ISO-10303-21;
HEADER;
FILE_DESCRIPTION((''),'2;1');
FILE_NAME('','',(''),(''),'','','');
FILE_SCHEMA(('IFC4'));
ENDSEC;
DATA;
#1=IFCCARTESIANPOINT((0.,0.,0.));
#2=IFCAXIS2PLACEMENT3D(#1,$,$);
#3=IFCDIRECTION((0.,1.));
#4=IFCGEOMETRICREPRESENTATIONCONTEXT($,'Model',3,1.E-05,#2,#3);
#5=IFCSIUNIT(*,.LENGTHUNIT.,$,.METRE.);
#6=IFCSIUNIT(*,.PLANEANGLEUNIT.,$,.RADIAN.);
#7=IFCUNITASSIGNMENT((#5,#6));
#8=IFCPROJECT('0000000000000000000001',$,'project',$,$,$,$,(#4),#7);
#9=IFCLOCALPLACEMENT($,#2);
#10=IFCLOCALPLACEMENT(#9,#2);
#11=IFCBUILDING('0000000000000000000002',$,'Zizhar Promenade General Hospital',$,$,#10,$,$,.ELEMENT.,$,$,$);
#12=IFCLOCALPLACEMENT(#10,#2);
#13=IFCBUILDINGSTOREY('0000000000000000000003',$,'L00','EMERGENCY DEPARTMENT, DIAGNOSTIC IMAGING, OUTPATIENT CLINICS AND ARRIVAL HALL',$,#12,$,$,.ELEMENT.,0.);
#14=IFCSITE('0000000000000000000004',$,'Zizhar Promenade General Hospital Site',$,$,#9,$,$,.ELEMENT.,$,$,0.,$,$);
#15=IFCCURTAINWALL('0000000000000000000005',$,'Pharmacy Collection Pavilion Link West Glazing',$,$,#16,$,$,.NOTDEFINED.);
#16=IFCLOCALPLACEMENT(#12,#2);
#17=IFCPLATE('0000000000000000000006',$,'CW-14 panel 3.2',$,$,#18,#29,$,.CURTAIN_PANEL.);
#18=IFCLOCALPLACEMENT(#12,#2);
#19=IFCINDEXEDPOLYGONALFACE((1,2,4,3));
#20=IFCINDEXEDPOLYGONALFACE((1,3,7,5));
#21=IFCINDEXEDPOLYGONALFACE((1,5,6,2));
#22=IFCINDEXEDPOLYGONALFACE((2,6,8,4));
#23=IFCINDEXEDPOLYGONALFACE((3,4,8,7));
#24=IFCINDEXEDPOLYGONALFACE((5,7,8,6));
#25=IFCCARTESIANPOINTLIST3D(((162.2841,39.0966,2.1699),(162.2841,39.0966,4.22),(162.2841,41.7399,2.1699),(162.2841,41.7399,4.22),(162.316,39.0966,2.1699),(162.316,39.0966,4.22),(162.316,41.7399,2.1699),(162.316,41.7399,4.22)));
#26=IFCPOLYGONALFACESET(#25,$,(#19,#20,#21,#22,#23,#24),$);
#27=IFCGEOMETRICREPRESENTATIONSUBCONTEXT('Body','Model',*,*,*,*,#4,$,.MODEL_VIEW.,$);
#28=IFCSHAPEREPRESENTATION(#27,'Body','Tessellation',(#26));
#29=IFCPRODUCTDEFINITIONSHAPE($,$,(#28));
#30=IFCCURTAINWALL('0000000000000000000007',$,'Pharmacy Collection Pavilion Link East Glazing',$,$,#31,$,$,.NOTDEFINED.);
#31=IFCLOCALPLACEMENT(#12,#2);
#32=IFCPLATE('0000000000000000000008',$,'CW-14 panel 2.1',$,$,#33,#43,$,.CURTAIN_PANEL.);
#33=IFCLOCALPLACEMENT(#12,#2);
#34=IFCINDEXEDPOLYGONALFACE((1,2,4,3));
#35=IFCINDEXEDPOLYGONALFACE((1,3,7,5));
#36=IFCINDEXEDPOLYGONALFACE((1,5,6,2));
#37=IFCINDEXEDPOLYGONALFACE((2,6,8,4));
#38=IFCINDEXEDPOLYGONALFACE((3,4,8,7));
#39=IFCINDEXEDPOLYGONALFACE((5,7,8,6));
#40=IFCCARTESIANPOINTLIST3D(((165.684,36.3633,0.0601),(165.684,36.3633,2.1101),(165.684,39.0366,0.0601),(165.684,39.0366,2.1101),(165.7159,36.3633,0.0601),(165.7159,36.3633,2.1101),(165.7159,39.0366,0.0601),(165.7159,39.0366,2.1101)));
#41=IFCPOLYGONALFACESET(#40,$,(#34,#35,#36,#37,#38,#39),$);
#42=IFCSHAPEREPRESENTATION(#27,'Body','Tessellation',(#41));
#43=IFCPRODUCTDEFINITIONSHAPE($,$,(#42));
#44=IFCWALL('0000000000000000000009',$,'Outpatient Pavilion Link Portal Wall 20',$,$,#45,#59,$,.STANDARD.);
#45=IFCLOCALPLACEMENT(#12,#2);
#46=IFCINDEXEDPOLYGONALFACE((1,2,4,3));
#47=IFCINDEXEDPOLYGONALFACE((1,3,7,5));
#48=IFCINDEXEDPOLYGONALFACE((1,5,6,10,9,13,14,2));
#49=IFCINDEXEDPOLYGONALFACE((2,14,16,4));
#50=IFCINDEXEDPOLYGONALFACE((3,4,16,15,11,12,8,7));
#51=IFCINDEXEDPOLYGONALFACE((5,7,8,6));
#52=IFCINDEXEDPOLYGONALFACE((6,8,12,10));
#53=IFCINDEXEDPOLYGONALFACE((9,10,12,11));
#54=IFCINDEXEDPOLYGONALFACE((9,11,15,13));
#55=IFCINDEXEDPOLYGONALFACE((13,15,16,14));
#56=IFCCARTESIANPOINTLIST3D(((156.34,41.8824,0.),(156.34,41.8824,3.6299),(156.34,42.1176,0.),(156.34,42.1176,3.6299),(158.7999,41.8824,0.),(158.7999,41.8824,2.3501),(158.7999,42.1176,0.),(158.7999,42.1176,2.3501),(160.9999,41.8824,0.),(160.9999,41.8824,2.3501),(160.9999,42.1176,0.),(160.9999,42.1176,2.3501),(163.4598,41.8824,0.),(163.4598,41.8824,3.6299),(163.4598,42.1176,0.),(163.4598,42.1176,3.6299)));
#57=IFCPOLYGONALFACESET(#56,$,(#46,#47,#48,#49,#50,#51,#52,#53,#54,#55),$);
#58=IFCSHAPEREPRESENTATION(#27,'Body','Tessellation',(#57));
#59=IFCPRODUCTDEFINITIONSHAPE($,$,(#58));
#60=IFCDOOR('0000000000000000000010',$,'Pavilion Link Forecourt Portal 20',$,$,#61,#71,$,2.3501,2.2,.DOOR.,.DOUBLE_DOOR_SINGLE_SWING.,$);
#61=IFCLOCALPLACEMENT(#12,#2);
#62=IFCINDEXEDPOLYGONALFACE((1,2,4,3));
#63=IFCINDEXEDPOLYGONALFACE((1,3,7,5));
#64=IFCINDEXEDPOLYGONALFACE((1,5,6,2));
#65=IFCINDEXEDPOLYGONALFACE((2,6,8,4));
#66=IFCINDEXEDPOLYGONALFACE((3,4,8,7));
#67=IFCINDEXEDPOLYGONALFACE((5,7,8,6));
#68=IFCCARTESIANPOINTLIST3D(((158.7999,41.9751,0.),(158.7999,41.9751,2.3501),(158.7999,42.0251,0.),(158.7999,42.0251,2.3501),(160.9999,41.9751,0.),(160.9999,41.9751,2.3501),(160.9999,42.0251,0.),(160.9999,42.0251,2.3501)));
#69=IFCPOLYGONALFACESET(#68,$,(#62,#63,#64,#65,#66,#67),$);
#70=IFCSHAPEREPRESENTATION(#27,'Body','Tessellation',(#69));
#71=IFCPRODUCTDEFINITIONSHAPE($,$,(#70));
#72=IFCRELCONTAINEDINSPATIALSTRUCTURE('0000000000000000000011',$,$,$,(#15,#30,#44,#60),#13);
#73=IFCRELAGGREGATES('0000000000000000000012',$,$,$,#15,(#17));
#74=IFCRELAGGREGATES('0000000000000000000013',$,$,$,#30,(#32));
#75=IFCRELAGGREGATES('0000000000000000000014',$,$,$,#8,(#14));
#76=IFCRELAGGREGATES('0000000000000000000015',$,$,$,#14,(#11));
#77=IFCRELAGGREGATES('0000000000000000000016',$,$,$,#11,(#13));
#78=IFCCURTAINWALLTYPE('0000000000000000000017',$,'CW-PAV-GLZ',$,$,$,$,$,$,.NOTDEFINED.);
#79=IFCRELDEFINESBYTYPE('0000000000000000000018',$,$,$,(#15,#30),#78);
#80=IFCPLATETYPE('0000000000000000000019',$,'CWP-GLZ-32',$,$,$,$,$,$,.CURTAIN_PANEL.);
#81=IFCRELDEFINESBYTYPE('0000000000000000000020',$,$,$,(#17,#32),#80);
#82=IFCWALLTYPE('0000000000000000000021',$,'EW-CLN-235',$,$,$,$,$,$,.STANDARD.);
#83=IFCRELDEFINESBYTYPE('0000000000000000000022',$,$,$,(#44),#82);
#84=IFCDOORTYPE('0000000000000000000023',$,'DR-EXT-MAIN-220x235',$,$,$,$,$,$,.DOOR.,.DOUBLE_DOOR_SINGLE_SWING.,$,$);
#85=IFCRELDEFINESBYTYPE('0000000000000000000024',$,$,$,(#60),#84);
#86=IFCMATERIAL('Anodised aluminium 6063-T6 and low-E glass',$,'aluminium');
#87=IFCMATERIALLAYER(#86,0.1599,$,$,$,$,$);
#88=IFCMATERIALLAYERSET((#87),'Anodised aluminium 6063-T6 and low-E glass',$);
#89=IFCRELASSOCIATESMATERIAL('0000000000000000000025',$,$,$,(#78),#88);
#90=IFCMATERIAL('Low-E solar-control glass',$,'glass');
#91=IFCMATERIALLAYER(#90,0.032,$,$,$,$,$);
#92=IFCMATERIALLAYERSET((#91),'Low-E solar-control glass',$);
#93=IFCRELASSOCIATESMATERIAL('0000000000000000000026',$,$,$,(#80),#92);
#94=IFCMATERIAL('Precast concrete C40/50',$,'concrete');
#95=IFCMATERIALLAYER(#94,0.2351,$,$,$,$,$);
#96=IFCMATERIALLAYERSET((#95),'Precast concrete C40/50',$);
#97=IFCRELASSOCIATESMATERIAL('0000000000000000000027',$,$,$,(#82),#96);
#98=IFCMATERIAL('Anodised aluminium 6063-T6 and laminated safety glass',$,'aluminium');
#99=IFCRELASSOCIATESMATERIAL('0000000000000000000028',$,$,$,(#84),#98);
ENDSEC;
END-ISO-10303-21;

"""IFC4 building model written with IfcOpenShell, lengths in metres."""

from ifc_helpers import new_model, si_unit, direction, frame, frame_2d, origin, origin_2d, place, context, subcontext, project, spatial, rectangle, extrude, material, layer, layer_set, type_object, element, fill, aggregate, save


model = new_model("IFC4")

# Units and contexts
model_context = context("Model", 3, precision=1e-05, world=origin(), true_north=direction((0.0, 1.0)))
body_context = subcontext(model_context, "Body", "Model", "MODEL_VIEW")
ifc_project = project(units=[si_unit("LENGTHUNIT", "METRE"), si_unit("PLANEANGLEUNIT", "RADIAN")], contexts=[model_context])

# Site, building, storey
site_placement = place(None, origin())
site = spatial("IfcSite", under=ifc_project, at=site_placement, Name="Zizhar Promenade General Hospital Site", CompositionType="ELEMENT", RefElevation=0.0)
building_placement = place(site_placement, origin())
building = spatial("IfcBuilding", under=site, at=building_placement, Name="Zizhar Promenade General Hospital", CompositionType="ELEMENT")
storey_placement = place(building_placement, origin())
storey = spatial("IfcBuildingStorey", under=building, at=storey_placement, Name="L00", Description="EMERGENCY DEPARTMENT, DIAGNOSTIC IMAGING, OUTPATIENT CLINICS AND ARRIVAL HALL", CompositionType="ELEMENT", Elevation=0.0)

# Curtain wall
ifc_material_1 = material(Name="Anodised aluminium 6063-T6 and low-E glass", Category="aluminium")
ifc_layer_1 = layer(ifc_material_1, 0.1599)
ifc_layer_set_1 = layer_set([ifc_layer_1], Name="Anodised aluminium 6063-T6 and low-E glass")
curtain_wall_type_1 = type_object("IfcCurtainWallType", Name="CW-PAV-GLZ", PredefinedType="NOTDEFINED", material=ifc_layer_set_1)
curtain_wall_1_placement = place(storey_placement, origin())
curtain_wall_1 = element("IfcCurtainWall", 1, at=curtain_wall_1_placement, inside=storey, type_object=curtain_wall_type_1, Name="Pharmacy Collection Pavilion Link West Glazing", PredefinedType="NOTDEFINED")

# Plate
ifc_material_2 = material(Name="Low-E solar-control glass", Category="glass")
ifc_layer_2 = layer(ifc_material_2, 0.032)
ifc_layer_set_2 = layer_set([ifc_layer_2], Name="Low-E solar-control glass")
plate_type = type_object("IfcPlateType", Name="CWP-GLZ-32", PredefinedType="CURTAIN_PANEL", material=ifc_layer_set_2)
plate_1_placement = place(storey_placement, frame((162.3, 40.4182, 2.1699), z_axis=(0.0, 0.0, 1.0), x_axis=(0.0, 1.0, 0.0)))
plate_1 = element("IfcPlate", 2, at=plate_1_placement, type_object=plate_type, Name="CW-14 panel 3.2", PredefinedType="CURTAIN_PANEL", context=body_context, shape_type="SweptSolid", body=[
    extrude(rectangle(XDim=2.6433, YDim=0.032, at=origin_2d()), origin(), (0.0, 0.0, 1.0), 2.05),
])
aggregate(curtain_wall_1, [plate_1])

# Curtain wall, plate
curtain_wall_2_placement = place(storey_placement, origin())
curtain_wall_2 = element("IfcCurtainWall", 3, at=curtain_wall_2_placement, inside=storey, type_object=curtain_wall_type_1, Name="Pharmacy Collection Pavilion Link East Glazing", PredefinedType="NOTDEFINED")
plate_2_placement = place(storey_placement, frame((165.7, 37.7, 0.0601), z_axis=(0.0, 0.0, 1.0), x_axis=(0.0, -1.0, 0.0)))
plate_2 = element("IfcPlate", 4, at=plate_2_placement, type_object=plate_type, Name="CW-14 panel 2.1", PredefinedType="CURTAIN_PANEL", context=body_context, shape_type="SweptSolid", body=[
    extrude(rectangle(XDim=2.6733, YDim=0.032, at=origin_2d()), origin(), (0.0, 0.0, 1.0), 2.05),
])
aggregate(curtain_wall_2, [plate_2])

# Wall, opening, door
ifc_material_3 = material(Name="Precast concrete C40/50", Category="concrete")
ifc_layer_3 = layer(ifc_material_3, 0.2351)
ifc_layer_set_3 = layer_set([ifc_layer_3], Name="Precast concrete C40/50")
wall_type = type_object("IfcWallType", Name="EW-CLN-235", PredefinedType="STANDARD", material=ifc_layer_set_3)
wall_placement = place(storey_placement, frame((163.46, 42.0, 0.0), z_axis=(0.0, 0.0, 1.0), x_axis=(-1.0, 0.0, 0.0)))
wall = element("IfcWall", 5, at=wall_placement, inside=storey, type_object=wall_type, Name="Outpatient Pavilion Link Portal Wall 20", PredefinedType="STANDARD", context=body_context, shape_type="SweptSolid", body=[
    extrude(rectangle(XDim=7.1199, YDim=0.2351, at=frame_2d((3.5601, 0.0))), origin(), (0.0, 0.0, 1.0), 3.6299),
])
opening_placement = place(wall_placement, frame((2.46, 0.0, 0.0)))
opening = element("IfcOpeningElement", 6, at=opening_placement, cuts=wall, PredefinedType="OPENING", context=body_context, shape_type="SweptSolid", body=[
    extrude(rectangle(XDim=2.2, YDim=2.3501, at=frame_2d((1.1001, 1.175))), frame((0.0, 0.1274, 0.0), z_axis=(0.0, -1.0, 0.0), x_axis=(1.0, 0.0, 0.0)), (0.0, 0.0, 1.0), 0.2551),
])
ifc_material_4 = material(Name="Anodised aluminium 6063-T6 and laminated safety glass", Category="aluminium")
door_type = type_object("IfcDoorType", Name="DR-EXT-MAIN-220x235", OperationType="DOUBLE_DOOR_SINGLE_SWING", PredefinedType="DOOR", material=ifc_material_4)
door_placement = place(opening_placement, origin())
door = element("IfcDoor", 7, at=door_placement, inside=storey, type_object=door_type, Name="Pavilion Link Forecourt Portal 20", OperationType="DOUBLE_DOOR_SINGLE_SWING", OverallHeight=2.3501, OverallWidth=2.2, PredefinedType="DOOR", context=body_context, shape_type="SweptSolid", body=[
    extrude(rectangle(XDim=2.2, YDim=2.3501, at=frame_2d((1.1001, 1.175))), frame((0.0, 0.0249, 0.0), z_axis=(0.0, -1.0, 0.0), x_axis=(1.0, 0.0, 0.0)), (0.0, 0.0, 1.0), 0.05),
])
fill(opening, door)

save(model, "model.ifc")
